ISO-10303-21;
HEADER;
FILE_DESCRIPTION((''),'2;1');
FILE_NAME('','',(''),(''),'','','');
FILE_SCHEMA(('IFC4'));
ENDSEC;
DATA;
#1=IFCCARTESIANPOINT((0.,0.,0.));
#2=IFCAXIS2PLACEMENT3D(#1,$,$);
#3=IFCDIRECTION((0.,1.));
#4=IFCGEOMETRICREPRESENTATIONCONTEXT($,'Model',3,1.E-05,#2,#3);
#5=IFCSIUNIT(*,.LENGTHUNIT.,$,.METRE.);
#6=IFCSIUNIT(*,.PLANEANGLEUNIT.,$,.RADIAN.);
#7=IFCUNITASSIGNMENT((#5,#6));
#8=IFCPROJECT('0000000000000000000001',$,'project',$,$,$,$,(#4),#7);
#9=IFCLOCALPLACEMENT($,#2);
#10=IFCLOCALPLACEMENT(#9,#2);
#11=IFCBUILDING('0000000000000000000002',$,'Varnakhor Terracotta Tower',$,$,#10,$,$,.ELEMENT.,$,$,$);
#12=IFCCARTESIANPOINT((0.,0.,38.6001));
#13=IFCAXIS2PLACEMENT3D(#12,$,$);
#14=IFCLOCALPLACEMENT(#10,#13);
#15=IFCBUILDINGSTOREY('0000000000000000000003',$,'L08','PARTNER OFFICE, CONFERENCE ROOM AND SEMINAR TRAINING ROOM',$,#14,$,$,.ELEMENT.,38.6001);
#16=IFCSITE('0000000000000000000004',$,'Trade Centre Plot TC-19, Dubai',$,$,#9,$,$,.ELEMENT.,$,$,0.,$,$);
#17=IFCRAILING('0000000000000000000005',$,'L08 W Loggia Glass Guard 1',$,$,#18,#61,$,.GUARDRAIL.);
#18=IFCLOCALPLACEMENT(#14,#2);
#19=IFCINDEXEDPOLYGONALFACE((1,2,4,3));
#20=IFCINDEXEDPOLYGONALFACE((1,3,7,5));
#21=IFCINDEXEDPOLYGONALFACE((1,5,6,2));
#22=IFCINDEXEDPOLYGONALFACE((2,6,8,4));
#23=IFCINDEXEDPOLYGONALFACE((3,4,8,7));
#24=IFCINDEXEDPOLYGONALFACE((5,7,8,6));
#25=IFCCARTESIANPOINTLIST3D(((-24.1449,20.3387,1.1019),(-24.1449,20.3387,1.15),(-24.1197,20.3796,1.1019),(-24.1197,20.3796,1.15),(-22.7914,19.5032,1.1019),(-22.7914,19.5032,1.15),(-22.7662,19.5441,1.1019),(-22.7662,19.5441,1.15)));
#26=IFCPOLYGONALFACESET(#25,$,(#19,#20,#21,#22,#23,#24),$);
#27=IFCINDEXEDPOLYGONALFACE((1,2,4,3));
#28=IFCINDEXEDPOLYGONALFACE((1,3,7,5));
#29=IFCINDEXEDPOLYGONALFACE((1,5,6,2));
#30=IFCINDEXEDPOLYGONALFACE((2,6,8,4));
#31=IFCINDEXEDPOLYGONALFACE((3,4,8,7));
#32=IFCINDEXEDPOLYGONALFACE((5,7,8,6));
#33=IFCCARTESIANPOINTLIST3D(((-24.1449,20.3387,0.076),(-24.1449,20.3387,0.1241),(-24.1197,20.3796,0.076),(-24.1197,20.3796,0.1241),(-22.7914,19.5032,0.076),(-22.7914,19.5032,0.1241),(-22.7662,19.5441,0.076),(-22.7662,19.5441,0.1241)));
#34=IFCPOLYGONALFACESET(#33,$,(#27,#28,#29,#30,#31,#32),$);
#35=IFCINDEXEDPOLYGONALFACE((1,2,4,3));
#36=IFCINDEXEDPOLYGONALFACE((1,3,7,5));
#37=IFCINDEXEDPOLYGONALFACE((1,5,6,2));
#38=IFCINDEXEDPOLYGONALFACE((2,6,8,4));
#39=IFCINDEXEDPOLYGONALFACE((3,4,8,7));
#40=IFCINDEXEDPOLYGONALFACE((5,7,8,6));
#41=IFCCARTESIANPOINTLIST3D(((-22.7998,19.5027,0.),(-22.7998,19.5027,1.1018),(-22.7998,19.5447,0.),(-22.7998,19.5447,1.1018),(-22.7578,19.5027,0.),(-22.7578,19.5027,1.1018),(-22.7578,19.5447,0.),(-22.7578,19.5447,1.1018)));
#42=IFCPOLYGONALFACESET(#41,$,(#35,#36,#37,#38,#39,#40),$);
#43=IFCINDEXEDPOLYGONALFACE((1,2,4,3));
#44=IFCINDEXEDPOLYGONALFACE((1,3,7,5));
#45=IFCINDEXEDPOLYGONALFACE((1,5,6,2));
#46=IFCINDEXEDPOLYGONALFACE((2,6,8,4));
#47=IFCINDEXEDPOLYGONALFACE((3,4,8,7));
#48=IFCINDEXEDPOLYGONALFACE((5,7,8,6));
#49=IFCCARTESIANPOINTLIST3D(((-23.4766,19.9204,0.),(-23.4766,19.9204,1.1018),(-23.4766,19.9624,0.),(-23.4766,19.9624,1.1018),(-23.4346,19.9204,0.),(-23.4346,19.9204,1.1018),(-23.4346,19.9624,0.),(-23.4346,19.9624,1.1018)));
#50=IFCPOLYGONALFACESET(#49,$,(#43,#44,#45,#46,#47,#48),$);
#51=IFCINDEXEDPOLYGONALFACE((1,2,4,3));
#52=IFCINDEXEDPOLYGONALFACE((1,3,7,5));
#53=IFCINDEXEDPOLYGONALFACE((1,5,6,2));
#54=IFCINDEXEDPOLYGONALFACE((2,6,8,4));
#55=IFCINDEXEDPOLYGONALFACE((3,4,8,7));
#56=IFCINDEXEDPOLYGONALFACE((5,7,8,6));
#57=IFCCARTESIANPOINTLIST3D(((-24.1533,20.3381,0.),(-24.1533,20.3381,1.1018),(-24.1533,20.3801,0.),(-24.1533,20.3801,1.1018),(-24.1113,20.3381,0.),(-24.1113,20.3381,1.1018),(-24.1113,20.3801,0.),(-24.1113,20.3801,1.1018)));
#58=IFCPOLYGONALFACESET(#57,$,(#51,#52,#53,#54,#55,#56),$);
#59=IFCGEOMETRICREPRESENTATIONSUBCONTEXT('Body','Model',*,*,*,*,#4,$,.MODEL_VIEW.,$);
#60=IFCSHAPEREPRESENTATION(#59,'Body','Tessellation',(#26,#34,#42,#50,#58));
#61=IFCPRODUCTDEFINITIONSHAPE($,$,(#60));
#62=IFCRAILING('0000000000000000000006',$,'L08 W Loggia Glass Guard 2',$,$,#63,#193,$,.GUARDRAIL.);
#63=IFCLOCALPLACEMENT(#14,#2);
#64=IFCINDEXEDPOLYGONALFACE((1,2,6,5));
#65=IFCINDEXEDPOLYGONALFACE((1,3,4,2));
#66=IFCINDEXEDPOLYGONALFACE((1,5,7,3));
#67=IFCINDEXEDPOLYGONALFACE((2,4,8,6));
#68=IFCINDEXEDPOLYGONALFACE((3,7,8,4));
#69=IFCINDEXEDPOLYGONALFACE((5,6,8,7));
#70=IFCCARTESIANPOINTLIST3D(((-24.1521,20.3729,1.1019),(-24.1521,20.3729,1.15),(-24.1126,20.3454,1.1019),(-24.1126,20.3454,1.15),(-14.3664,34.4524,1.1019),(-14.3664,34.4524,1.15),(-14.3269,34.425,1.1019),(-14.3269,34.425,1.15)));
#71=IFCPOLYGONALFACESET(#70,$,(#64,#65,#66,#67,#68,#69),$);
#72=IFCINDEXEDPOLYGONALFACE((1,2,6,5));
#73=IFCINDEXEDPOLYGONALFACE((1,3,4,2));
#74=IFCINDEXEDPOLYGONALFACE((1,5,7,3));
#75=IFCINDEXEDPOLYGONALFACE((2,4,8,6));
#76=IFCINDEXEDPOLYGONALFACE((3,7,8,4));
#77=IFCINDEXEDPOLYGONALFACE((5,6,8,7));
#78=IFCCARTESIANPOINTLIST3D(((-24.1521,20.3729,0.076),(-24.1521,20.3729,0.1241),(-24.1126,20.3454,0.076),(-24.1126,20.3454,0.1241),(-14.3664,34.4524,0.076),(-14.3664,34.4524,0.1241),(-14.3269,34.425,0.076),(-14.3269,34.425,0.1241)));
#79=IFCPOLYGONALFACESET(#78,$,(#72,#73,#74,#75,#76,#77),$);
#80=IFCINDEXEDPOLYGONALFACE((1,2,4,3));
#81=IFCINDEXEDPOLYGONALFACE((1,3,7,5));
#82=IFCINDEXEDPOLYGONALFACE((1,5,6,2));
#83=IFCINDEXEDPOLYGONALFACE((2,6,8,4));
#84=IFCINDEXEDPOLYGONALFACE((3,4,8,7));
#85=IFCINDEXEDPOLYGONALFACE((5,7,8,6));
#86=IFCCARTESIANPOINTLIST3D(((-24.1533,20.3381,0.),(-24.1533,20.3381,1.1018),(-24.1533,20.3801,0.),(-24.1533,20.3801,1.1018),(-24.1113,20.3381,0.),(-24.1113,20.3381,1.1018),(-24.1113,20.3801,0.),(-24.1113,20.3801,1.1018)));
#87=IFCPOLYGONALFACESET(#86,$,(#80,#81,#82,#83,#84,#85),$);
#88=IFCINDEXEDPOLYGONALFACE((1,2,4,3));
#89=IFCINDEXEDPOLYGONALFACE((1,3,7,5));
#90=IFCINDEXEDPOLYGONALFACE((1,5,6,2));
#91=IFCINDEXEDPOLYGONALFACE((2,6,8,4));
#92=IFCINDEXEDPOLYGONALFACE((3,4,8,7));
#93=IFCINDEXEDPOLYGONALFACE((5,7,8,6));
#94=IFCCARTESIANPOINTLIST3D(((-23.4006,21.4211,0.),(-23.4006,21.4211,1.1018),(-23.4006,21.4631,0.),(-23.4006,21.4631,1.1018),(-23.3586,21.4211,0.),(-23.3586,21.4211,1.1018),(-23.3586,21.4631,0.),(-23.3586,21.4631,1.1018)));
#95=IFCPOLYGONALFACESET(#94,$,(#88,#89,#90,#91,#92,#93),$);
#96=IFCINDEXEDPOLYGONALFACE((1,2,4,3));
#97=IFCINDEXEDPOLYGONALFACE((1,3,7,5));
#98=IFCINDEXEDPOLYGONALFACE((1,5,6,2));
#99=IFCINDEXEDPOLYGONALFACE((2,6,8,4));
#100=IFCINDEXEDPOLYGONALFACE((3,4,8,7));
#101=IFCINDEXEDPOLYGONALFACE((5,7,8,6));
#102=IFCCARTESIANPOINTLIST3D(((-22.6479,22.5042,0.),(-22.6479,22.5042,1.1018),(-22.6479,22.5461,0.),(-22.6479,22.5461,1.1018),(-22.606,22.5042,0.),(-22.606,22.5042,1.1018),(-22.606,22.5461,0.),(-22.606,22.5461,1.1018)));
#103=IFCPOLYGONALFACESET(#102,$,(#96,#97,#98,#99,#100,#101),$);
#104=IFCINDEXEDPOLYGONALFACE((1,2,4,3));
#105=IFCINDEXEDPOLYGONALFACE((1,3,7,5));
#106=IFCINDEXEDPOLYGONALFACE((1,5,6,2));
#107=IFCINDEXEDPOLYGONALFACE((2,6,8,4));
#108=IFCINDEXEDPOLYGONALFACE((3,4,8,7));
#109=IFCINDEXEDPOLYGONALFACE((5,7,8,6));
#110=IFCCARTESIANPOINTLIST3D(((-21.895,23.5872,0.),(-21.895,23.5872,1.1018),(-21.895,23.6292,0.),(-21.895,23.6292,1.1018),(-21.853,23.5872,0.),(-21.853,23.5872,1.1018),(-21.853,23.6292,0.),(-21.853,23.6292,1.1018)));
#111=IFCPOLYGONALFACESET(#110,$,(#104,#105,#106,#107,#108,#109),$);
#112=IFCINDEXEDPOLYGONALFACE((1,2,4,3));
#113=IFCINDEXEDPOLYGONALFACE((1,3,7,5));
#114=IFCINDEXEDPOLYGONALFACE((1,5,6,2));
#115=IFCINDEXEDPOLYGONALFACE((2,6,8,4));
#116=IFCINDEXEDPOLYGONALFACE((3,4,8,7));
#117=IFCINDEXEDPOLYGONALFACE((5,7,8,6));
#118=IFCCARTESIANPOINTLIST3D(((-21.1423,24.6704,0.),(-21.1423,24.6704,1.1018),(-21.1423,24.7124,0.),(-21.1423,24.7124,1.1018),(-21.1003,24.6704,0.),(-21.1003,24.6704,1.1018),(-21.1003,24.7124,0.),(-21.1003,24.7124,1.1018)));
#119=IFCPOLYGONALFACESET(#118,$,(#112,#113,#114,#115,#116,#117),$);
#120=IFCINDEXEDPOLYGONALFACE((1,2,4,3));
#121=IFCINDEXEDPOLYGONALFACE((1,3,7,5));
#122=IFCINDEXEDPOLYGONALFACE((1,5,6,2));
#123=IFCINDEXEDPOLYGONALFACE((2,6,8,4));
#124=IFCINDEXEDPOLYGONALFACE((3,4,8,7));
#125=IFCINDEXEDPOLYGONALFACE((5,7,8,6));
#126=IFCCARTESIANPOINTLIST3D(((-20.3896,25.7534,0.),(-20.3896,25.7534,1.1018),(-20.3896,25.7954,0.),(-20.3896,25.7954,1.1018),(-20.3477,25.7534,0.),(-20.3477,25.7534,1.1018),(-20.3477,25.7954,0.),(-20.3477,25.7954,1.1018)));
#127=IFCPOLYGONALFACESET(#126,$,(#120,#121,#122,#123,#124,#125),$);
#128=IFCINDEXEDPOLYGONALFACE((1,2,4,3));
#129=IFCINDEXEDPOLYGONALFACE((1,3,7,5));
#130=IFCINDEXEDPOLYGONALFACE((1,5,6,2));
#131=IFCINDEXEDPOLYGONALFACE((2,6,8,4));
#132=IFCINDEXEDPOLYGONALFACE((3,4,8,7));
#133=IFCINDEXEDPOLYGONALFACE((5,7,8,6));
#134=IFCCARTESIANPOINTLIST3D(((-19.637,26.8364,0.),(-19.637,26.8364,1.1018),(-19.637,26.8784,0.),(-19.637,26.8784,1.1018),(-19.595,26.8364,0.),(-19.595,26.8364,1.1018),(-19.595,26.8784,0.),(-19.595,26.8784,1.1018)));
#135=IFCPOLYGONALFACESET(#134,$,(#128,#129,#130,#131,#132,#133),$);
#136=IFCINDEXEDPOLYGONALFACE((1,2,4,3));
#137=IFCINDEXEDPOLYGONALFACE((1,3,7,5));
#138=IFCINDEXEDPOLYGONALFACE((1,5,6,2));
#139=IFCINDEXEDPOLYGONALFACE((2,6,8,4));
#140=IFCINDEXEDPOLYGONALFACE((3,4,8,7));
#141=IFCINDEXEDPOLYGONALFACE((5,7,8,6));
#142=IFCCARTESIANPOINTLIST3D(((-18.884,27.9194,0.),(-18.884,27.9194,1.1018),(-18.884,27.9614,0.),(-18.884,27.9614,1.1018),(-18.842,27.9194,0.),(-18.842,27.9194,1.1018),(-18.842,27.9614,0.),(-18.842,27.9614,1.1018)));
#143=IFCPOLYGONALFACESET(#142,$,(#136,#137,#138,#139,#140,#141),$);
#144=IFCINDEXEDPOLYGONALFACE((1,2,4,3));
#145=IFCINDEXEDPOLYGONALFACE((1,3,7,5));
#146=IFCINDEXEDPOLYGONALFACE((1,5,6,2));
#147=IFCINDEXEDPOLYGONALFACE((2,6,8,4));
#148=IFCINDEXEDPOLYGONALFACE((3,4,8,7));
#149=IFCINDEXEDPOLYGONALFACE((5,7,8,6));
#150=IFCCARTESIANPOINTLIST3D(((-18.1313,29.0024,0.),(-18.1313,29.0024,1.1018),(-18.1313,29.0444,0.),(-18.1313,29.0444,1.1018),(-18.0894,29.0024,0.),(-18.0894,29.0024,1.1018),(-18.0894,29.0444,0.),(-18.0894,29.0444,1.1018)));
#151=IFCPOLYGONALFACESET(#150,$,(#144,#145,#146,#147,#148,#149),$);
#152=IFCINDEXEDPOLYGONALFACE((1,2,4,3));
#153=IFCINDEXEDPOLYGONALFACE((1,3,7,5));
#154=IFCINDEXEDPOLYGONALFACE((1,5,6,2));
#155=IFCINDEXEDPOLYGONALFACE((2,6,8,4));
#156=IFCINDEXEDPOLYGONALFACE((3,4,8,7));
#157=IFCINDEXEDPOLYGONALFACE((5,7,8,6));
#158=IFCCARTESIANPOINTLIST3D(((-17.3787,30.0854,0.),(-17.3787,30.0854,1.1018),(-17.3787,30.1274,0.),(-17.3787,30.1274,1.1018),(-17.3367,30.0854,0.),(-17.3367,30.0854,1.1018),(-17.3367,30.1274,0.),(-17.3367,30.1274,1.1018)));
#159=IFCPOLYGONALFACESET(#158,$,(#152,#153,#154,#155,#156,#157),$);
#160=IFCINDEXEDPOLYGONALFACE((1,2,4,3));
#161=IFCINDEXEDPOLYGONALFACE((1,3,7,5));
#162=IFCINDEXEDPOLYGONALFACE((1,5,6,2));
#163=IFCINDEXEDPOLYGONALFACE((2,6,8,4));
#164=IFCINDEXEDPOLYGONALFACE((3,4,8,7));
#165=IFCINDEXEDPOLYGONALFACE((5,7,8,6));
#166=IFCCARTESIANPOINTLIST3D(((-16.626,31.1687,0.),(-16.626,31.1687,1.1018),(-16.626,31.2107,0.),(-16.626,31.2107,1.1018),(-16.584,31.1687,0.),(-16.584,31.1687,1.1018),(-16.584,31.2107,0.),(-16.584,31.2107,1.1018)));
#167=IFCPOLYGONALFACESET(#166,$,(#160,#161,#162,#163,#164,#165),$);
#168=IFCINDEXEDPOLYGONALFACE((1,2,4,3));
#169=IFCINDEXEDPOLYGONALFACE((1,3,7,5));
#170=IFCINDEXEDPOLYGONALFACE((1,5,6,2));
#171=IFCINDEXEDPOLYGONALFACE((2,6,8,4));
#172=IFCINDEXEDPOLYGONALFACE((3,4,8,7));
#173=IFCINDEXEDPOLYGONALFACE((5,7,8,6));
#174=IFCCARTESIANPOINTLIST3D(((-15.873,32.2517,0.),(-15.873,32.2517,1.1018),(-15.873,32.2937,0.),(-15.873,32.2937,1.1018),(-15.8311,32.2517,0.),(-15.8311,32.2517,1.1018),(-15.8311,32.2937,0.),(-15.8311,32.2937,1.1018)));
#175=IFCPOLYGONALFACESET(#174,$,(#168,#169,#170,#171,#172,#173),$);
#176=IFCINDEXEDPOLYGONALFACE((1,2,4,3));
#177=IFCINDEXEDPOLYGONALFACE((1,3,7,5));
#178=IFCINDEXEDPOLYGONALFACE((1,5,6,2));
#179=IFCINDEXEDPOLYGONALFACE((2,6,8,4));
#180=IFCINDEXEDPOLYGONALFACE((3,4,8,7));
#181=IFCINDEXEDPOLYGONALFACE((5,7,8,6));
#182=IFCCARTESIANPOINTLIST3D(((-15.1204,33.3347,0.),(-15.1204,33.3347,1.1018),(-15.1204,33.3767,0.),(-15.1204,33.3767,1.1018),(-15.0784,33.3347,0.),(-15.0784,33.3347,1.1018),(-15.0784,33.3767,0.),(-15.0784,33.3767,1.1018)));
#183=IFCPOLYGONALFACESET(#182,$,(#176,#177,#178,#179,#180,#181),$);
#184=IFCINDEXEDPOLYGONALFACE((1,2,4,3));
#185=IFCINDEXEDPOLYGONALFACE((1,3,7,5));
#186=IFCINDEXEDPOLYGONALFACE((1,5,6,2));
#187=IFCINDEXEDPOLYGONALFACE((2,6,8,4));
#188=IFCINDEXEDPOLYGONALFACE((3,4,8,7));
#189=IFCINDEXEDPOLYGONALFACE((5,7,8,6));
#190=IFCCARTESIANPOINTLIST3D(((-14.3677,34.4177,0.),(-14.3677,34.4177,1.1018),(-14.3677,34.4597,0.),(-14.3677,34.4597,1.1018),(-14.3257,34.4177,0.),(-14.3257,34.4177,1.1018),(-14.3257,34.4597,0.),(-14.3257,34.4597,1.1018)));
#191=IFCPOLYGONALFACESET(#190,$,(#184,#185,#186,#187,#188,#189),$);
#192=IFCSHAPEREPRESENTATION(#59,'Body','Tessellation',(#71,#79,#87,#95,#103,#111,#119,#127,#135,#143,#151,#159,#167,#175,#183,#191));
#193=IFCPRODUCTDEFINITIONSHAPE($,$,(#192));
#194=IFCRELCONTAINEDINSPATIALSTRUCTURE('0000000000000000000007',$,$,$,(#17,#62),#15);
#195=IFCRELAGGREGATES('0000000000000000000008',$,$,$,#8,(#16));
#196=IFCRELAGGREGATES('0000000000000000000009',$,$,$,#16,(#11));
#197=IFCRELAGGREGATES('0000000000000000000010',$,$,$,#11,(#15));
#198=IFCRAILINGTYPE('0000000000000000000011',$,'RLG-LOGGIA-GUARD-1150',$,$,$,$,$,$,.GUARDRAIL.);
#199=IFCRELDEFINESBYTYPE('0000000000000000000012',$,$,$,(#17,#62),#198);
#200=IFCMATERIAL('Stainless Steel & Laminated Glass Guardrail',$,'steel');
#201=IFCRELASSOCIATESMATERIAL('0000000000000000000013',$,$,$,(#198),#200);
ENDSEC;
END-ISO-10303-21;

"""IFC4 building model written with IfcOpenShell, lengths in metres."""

from ifc_helpers import new_model, si_unit, direction, frame, origin, origin_2d, place, context, subcontext, project, spatial, rectangle, extrude, material, type_object, element, save


model = new_model("IFC4")

# Units and contexts
model_context = context("Model", 3, precision=1e-05, world=origin(), true_north=direction((0.0, 1.0)))
body_context = subcontext(model_context, "Body", "Model", "MODEL_VIEW")
ifc_project = project(units=[si_unit("LENGTHUNIT", "METRE"), si_unit("PLANEANGLEUNIT", "RADIAN")], contexts=[model_context])

# Site, building, storey
site_placement = place(None, origin())
site = spatial("IfcSite", under=ifc_project, at=site_placement, Name="Trade Centre Plot TC-19, Dubai", CompositionType="ELEMENT", RefElevation=0.0)
building_placement = place(site_placement, origin())
building = spatial("IfcBuilding", under=site, at=building_placement, Name="Varnakhor Terracotta Tower", CompositionType="ELEMENT")
storey_placement = place(building_placement, frame((0.0, 0.0, 38.6001)))
storey = spatial("IfcBuildingStorey", under=building, at=storey_placement, Name="L08", Description="PARTNER OFFICE, CONFERENCE ROOM AND SEMINAR TRAINING ROOM", CompositionType="ELEMENT", Elevation=38.6001)

# Railings
ifc_material_1 = material(Name="Stainless Steel & Laminated Glass Guardrail", Category="steel")
railing_type = type_object("IfcRailingType", Name="RLG-LOGGIA-GUARD-1150", PredefinedType="GUARDRAIL", material=ifc_material_1)
railing_1_placement = place(storey_placement, frame((-22.7788, 19.5237, 0.0)))
element("IfcRailing", 1, at=railing_1_placement, inside=storey, type_object=railing_type, Name="L08 W Loggia Glass Guard 1", PredefinedType="GUARDRAIL", context=body_context, shape_type="SweptSolid", body=[
    extrude(rectangle(XDim=0.0481, YDim=0.0481, at=origin_2d()), frame((0.0, 0.0, 1.126), z_axis=(-0.850951, 0.525245, 0.0), x_axis=(-0.525245, -0.850951, 0.0)), (0.0, 0.0, 1.0), 1.5906),
    extrude(rectangle(XDim=0.0481, YDim=0.0481, at=origin_2d()), frame((0.0, 0.0, 0.1001), z_axis=(-0.850951, 0.525245, 0.0), x_axis=(-0.525245, -0.850951, 0.0)), (0.0, 0.0, 1.0), 1.5906),
    extrude(rectangle(XDim=0.042, YDim=0.042, at=origin_2d()), origin(), (0.0, 0.0, 1.0), 1.1018),
    extrude(rectangle(XDim=0.042, YDim=0.042, at=origin_2d()), frame((-0.6768, 0.4177, 0.0)), (0.0, 0.0, 1.0), 1.1018),
    extrude(rectangle(XDim=0.042, YDim=0.042, at=origin_2d()), frame((-1.3535, 0.8354, 0.0)), (0.0, 0.0, 1.0), 1.1018),
])
railing_2_placement = place(storey_placement, frame((-24.1323, 20.3591, 0.0)))
element("IfcRailing", 2, at=railing_2_placement, inside=storey, type_object=railing_type, Name="L08 W Loggia Glass Guard 2", PredefinedType="GUARDRAIL", context=body_context, shape_type="SweptSolid", body=[
    extrude(rectangle(XDim=0.0481, YDim=0.0481, at=origin_2d()), frame((0.0, 0.0, 1.126), z_axis=(0.570717, 0.821147, 0.0), x_axis=(-0.821147, 0.570717, 0.0)), (0.0, 0.0, 1.0), 17.1462),
    extrude(rectangle(XDim=0.0481, YDim=0.0481, at=origin_2d()), frame((0.0, 0.0, 0.1001), z_axis=(0.570717, 0.821147, 0.0), x_axis=(-0.821147, 0.570717, 0.0)), (0.0, 0.0, 1.0), 17.1462),
    extrude(rectangle(XDim=0.042, YDim=0.042, at=origin_2d()), origin(), (0.0, 0.0, 1.0), 1.1018),
    extrude(rectangle(XDim=0.042, YDim=0.042, at=origin_2d()), frame((0.7527, 1.083, 0.0)), (0.0, 0.0, 1.0), 1.1018),
    extrude(rectangle(XDim=0.042, YDim=0.042, at=origin_2d()), frame((1.5054, 2.166, 0.0)), (0.0, 0.0, 1.0), 1.1018),
    extrude(rectangle(XDim=0.042, YDim=0.042, at=origin_2d()), frame((2.2583, 3.249, 0.0)), (0.0, 0.0, 1.0), 1.1018),
    extrude(rectangle(XDim=0.042, YDim=0.042, at=origin_2d()), frame((3.011, 4.3323, 0.0)), (0.0, 0.0, 1.0), 1.1018),
    extrude(rectangle(XDim=0.042, YDim=0.042, at=origin_2d()), frame((3.7637, 5.4153, 0.0)), (0.0, 0.0, 1.0), 1.1018),
    extrude(rectangle(XDim=0.042, YDim=0.042, at=origin_2d()), frame((4.5164, 6.4983, 0.0)), (0.0, 0.0, 1.0), 1.1018),
    extrude(rectangle(XDim=0.042, YDim=0.042, at=origin_2d()), frame((5.2693, 7.5813, 0.0)), (0.0, 0.0, 1.0), 1.1018),
    extrude(rectangle(XDim=0.042, YDim=0.042, at=origin_2d()), frame((6.022, 8.6643, 0.0)), (0.0, 0.0, 1.0), 1.1018),
    extrude(rectangle(XDim=0.042, YDim=0.042, at=origin_2d()), frame((6.7747, 9.7473, 0.0)), (0.0, 0.0, 1.0), 1.1018),
    extrude(rectangle(XDim=0.042, YDim=0.042, at=origin_2d()), frame((7.5273, 10.8306, 0.0)), (0.0, 0.0, 1.0), 1.1018),
    extrude(rectangle(XDim=0.042, YDim=0.042, at=origin_2d()), frame((8.2803, 11.9136, 0.0)), (0.0, 0.0, 1.0), 1.1018),
    extrude(rectangle(XDim=0.042, YDim=0.042, at=origin_2d()), frame((9.033, 12.9966, 0.0)), (0.0, 0.0, 1.0), 1.1018),
    extrude(rectangle(XDim=0.042, YDim=0.042, at=origin_2d()), frame((9.7856, 14.0796, 0.0)), (0.0, 0.0, 1.0), 1.1018),
])

save(model, "model.ifc")
